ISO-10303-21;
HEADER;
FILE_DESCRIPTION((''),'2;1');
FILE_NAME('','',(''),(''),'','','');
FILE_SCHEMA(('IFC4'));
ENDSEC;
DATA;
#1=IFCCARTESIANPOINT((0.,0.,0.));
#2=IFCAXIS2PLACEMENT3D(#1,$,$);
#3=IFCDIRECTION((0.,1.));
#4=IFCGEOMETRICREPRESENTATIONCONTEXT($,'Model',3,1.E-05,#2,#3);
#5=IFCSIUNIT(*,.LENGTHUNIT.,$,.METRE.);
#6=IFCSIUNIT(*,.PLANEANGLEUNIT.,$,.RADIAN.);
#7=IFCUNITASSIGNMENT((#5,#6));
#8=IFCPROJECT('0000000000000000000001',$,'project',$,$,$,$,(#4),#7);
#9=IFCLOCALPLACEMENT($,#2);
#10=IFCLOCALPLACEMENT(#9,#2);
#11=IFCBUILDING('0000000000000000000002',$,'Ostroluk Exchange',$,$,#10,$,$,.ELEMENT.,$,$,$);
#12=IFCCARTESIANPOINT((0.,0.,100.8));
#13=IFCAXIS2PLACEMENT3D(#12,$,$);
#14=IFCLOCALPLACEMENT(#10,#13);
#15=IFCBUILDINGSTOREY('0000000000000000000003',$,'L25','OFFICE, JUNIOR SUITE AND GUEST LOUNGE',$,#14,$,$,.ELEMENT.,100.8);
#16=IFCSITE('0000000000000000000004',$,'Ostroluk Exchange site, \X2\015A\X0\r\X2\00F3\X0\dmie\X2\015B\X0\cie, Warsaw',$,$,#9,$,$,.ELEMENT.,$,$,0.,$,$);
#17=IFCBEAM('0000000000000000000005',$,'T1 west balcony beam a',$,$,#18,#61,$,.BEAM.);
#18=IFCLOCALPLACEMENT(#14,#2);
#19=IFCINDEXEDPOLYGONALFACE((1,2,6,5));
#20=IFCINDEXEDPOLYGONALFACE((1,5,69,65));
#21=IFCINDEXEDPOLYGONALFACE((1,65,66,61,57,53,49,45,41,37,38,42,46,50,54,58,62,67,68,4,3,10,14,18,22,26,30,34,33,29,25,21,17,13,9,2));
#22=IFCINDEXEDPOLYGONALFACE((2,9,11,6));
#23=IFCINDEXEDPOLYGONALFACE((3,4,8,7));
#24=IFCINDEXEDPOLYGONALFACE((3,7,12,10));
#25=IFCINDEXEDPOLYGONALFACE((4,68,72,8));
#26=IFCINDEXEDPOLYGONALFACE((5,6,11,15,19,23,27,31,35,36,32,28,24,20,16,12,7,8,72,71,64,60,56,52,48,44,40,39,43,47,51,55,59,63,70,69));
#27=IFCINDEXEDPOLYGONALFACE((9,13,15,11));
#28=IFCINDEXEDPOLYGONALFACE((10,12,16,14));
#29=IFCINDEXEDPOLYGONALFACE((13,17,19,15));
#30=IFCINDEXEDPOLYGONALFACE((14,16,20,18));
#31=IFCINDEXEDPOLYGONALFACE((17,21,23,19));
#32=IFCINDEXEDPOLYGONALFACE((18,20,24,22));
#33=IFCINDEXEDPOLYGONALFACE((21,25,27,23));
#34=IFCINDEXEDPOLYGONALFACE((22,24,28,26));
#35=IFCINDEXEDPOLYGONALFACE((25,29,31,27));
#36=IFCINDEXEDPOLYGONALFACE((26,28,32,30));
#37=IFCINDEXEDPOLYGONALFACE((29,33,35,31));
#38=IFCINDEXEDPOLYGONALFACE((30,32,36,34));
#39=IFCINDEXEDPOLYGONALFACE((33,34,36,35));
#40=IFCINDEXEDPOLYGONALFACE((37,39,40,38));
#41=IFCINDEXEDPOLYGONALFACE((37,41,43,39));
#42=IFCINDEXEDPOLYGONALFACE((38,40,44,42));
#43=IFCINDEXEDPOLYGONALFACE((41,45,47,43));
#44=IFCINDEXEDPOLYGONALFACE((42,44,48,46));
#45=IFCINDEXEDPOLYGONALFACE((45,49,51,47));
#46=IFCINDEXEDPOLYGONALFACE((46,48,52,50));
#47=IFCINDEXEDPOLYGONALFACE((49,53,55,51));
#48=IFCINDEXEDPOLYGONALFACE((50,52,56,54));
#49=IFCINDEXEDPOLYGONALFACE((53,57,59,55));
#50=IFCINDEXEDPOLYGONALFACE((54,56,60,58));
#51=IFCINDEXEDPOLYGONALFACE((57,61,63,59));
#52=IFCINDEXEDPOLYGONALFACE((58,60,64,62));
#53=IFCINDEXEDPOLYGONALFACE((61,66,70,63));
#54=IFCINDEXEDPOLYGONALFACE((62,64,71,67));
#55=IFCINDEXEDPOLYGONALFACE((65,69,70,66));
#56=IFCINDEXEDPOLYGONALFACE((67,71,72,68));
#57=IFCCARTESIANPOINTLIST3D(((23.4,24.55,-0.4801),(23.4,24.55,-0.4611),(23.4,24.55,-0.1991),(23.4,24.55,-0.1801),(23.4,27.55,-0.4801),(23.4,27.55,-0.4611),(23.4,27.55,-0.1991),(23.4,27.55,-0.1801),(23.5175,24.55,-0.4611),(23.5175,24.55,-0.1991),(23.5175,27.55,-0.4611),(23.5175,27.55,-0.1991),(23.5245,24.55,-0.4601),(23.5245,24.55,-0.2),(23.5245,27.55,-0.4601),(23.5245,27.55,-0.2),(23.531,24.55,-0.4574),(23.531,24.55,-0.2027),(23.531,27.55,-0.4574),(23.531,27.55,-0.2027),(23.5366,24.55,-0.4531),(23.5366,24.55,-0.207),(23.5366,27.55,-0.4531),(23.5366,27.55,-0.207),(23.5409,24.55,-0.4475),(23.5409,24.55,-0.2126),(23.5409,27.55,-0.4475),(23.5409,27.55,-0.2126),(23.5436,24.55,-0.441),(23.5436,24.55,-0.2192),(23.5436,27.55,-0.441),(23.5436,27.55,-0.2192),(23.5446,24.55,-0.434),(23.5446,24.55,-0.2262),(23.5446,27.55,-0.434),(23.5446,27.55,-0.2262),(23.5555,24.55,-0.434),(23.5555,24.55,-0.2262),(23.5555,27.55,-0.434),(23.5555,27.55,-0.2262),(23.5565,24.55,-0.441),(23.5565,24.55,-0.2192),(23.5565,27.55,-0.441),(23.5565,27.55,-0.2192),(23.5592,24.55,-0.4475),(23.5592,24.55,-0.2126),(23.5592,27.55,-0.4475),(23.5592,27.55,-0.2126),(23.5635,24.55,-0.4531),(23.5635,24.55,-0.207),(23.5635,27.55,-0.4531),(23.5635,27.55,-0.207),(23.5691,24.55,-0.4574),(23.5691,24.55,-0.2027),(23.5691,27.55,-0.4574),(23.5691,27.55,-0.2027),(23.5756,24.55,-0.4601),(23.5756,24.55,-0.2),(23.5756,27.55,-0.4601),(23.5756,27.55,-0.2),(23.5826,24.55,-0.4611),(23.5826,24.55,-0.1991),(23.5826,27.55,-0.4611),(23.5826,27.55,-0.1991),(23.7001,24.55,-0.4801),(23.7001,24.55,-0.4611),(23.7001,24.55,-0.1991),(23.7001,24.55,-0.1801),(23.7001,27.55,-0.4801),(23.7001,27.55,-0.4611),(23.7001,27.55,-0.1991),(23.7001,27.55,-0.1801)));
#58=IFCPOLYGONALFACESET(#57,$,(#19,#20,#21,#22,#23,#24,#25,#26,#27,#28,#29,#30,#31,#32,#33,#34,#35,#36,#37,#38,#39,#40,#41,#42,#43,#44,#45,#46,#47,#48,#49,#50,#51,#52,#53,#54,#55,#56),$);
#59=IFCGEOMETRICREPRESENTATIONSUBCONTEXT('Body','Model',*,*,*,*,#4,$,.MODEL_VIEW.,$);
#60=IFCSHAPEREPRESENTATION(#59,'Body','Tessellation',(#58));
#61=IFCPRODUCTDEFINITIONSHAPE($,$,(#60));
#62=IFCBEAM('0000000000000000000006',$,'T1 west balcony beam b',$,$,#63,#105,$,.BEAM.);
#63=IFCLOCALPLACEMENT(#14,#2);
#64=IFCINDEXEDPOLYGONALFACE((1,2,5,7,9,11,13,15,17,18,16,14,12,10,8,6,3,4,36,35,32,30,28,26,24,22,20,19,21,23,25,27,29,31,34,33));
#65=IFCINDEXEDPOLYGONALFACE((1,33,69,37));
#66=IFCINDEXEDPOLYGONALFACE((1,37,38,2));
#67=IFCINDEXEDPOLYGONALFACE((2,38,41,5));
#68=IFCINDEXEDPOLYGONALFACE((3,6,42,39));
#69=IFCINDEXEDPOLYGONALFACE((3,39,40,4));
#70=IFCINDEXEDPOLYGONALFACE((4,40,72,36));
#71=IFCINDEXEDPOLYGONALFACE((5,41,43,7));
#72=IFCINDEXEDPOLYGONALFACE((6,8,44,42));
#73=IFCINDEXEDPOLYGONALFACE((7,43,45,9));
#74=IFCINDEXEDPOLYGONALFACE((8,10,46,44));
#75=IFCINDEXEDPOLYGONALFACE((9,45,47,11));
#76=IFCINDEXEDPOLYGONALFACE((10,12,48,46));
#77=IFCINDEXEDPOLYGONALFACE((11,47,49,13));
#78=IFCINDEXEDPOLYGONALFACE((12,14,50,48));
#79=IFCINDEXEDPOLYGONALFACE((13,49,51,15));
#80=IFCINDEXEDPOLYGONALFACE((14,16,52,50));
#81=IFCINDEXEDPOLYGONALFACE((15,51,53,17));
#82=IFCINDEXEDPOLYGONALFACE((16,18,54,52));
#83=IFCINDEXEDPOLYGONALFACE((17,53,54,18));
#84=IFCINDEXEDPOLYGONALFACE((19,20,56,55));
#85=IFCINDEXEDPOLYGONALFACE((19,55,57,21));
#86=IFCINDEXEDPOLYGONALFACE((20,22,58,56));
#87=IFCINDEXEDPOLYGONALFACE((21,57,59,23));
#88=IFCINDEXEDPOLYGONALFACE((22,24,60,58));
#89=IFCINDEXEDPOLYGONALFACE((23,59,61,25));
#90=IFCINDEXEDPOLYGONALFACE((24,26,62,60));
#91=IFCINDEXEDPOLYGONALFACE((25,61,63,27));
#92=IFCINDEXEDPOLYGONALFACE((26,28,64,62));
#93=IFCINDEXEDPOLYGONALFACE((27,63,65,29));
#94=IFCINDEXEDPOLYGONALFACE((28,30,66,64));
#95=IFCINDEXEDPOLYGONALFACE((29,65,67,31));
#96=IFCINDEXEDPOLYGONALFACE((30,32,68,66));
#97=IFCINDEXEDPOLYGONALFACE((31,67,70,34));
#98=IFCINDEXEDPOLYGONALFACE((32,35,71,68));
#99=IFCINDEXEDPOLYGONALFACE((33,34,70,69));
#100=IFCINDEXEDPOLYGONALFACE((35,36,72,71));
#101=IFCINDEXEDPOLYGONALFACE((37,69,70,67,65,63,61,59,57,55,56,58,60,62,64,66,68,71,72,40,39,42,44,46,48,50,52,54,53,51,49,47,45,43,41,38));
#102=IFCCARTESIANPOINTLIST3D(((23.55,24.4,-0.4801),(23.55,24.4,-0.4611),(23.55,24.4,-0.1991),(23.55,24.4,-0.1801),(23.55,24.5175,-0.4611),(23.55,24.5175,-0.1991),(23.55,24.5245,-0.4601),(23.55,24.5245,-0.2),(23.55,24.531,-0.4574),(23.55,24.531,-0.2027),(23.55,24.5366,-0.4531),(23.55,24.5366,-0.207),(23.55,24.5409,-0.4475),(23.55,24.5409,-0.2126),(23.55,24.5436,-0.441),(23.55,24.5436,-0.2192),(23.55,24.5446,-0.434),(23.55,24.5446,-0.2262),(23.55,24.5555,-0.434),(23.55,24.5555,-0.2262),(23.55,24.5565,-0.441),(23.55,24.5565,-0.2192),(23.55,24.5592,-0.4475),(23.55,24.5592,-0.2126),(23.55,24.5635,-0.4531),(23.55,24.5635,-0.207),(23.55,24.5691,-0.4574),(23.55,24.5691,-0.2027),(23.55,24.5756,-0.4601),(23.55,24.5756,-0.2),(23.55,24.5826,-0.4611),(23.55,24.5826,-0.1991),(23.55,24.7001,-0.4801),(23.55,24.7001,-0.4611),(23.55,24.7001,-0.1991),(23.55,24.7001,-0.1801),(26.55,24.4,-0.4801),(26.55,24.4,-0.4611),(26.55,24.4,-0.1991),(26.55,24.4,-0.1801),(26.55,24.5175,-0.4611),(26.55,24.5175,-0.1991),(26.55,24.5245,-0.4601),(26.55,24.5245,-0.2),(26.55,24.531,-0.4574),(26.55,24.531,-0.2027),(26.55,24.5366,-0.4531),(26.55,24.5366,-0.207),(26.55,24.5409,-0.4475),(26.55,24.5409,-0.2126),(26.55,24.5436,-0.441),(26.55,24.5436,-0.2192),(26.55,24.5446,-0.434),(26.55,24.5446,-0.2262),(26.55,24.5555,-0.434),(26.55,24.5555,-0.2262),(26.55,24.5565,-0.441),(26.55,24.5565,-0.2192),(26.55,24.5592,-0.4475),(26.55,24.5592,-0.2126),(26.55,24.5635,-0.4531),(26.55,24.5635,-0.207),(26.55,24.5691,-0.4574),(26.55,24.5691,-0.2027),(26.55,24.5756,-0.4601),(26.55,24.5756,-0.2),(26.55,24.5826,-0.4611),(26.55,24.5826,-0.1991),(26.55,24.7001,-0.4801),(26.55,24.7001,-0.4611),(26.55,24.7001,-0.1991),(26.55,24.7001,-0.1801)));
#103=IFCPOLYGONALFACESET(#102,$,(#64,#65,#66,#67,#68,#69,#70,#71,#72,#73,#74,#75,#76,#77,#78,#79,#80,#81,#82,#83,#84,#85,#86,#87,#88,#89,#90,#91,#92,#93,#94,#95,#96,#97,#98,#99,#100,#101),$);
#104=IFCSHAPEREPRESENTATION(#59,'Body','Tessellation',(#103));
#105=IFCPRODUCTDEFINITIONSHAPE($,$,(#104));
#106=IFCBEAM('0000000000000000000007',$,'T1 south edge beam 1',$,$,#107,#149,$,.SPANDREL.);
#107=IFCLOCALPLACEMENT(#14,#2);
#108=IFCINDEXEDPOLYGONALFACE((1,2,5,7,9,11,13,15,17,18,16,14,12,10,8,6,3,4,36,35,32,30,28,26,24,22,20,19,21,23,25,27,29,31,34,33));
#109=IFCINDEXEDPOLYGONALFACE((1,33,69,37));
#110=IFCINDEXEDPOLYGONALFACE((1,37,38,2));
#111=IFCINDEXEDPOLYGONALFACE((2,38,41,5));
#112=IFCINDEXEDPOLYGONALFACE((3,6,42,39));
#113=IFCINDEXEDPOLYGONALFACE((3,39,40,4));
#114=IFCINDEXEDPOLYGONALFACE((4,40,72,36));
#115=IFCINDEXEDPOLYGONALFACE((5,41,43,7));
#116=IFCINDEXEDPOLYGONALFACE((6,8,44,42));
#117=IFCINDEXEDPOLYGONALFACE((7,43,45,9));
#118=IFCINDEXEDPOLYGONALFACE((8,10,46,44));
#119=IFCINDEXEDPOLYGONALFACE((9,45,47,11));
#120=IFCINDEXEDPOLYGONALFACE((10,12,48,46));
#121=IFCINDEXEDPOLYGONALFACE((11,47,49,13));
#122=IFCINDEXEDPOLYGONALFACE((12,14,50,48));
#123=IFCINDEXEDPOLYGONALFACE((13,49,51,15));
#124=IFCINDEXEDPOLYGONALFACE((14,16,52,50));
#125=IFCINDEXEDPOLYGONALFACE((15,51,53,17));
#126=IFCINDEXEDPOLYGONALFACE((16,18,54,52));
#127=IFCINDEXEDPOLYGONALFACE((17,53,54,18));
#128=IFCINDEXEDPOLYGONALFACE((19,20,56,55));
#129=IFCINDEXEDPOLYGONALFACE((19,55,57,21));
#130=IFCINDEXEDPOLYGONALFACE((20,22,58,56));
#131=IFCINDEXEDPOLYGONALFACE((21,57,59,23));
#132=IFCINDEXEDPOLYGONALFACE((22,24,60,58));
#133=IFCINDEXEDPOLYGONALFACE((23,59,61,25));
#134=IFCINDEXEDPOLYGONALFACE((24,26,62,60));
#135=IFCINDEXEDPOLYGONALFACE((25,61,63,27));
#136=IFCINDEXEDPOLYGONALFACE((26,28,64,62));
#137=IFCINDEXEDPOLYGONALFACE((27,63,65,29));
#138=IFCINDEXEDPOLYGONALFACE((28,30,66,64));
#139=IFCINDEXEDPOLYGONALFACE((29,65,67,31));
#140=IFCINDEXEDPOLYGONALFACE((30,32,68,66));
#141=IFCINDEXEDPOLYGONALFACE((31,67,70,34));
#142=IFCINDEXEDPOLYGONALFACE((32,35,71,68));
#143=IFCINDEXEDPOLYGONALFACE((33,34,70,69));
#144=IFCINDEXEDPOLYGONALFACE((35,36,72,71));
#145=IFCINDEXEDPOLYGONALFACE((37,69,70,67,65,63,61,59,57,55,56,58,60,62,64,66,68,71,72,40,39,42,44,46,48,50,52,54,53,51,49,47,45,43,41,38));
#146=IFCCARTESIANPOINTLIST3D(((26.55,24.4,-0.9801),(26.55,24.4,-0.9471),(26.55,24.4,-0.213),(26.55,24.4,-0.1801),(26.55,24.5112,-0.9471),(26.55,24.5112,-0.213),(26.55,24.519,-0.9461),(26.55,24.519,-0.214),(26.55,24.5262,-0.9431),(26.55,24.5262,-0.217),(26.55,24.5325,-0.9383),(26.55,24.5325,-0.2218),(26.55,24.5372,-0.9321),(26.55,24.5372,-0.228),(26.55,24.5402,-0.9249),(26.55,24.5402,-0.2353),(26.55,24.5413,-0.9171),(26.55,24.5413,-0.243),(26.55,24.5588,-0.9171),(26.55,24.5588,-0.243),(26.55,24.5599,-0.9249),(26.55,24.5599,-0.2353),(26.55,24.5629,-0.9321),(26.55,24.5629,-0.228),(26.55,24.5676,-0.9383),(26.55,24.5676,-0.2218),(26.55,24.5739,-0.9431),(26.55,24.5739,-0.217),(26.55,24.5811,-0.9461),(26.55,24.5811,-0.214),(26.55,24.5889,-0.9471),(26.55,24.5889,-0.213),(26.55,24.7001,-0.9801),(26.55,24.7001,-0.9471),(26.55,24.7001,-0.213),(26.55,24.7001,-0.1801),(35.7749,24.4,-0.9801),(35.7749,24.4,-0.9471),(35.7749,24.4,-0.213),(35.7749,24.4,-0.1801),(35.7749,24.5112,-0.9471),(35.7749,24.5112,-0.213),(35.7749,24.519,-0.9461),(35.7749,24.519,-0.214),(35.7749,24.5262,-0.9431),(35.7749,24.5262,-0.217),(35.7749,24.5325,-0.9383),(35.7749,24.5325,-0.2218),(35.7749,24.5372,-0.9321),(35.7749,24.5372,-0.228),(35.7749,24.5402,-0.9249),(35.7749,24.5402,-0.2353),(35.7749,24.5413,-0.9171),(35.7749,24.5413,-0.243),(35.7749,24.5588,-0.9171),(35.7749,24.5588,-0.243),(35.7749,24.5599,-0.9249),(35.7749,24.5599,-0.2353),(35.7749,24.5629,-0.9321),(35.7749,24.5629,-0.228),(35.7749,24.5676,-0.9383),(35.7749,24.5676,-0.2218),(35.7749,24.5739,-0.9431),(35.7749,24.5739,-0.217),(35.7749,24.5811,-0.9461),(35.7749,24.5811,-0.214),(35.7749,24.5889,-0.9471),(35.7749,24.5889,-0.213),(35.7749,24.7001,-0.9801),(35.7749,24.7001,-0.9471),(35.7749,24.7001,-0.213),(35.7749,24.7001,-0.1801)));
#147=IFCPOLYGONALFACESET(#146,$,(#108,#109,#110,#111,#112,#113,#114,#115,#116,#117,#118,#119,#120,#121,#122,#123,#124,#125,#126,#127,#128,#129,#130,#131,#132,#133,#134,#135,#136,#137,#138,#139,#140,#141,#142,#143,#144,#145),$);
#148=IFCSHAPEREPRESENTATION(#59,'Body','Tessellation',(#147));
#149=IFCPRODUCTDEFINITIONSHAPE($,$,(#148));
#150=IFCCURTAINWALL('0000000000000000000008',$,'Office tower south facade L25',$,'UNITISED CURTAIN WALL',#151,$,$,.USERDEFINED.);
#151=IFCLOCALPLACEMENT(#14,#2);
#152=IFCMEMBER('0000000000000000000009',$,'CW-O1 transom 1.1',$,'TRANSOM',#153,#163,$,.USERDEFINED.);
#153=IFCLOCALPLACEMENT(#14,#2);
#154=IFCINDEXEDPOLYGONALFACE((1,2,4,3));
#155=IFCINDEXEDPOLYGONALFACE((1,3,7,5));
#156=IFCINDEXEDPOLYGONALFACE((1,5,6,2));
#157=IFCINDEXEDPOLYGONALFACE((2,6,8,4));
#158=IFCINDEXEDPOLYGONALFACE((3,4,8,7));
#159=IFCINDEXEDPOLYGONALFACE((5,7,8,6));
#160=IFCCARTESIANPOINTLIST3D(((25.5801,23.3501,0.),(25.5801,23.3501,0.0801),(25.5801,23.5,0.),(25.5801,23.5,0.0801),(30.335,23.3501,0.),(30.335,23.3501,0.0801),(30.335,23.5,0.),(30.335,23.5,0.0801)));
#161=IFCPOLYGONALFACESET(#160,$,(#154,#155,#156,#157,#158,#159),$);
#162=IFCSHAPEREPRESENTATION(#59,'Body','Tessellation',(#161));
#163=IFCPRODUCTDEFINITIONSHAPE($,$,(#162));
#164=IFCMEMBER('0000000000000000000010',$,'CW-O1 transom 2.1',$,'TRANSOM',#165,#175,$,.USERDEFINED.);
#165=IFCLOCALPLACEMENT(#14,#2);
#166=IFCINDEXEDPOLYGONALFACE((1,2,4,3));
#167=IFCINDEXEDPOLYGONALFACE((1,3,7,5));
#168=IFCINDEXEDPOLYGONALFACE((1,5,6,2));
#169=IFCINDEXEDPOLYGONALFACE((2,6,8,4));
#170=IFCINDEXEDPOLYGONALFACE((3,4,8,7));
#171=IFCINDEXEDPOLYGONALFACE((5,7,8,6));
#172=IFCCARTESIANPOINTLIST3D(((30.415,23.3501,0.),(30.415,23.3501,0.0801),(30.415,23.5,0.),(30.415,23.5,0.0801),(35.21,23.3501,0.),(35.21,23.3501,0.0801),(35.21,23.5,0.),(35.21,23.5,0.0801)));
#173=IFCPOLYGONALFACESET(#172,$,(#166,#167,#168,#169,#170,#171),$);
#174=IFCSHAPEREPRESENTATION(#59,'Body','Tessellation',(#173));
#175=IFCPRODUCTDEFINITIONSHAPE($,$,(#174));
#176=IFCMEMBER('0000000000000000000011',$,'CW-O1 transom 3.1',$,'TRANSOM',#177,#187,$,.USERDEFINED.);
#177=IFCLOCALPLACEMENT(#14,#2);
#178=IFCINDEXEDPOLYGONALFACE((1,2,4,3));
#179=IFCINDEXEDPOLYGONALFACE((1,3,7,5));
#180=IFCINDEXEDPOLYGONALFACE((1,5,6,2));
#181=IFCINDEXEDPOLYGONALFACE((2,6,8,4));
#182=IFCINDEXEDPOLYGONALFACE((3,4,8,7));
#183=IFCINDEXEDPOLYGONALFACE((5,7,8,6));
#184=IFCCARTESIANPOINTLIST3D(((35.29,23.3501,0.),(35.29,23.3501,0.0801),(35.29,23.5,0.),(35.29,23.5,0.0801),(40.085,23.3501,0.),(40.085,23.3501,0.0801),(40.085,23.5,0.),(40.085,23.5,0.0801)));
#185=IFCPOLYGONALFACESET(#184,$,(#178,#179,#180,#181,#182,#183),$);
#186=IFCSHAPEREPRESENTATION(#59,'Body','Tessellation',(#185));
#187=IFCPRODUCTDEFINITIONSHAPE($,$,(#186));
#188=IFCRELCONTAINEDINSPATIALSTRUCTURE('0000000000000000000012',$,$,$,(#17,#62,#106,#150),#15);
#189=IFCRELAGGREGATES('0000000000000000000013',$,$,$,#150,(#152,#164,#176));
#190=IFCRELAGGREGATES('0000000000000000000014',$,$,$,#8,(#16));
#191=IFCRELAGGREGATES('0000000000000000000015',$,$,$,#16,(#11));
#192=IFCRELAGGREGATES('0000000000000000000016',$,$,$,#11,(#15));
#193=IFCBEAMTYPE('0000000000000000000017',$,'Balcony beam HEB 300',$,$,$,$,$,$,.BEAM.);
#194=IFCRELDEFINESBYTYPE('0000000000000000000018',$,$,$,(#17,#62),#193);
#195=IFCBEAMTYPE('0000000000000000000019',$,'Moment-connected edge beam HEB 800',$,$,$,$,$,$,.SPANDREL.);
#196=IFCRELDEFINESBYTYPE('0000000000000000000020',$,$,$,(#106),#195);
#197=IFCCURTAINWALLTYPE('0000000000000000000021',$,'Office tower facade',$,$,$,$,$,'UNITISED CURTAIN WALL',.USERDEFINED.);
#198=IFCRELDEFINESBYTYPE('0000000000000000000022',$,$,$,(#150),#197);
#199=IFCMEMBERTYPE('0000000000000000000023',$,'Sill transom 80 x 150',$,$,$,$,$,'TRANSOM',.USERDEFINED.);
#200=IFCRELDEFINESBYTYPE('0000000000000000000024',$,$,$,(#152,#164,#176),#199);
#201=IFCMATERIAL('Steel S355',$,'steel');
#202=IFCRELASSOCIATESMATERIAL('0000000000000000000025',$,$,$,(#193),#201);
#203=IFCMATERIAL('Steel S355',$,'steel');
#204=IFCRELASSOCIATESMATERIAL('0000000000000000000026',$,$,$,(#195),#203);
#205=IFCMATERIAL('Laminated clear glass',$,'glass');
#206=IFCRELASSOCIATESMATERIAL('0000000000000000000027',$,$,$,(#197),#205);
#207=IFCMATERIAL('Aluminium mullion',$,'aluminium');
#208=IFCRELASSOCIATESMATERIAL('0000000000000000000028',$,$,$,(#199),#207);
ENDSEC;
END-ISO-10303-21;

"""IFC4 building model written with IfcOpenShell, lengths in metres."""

from ifc_helpers import new_model, si_unit, direction, frame, origin, origin_2d, place, context, subcontext, project, spatial, rectangle, i_section, extrude, material, material_profile, profile_set, type_object, element, aggregate, save


model = new_model("IFC4")

# Units and contexts
model_context = context("Model", 3, precision=1e-05, world=origin(), true_north=direction((0.0, 1.0)))
body_context = subcontext(model_context, "Body", "Model", "MODEL_VIEW")
ifc_project = project(units=[si_unit("LENGTHUNIT", "METRE"), si_unit("PLANEANGLEUNIT", "RADIAN")], contexts=[model_context])

# Site, building, storey
site_placement = place(None, origin())
site = spatial("IfcSite", under=ifc_project, at=site_placement, Name="Ostroluk Exchange site, Śródmieście, Warsaw", CompositionType="ELEMENT", RefElevation=0.0)
building_placement = place(site_placement, origin())
building = spatial("IfcBuilding", under=site, at=building_placement, Name="Ostroluk Exchange", CompositionType="ELEMENT")
storey_placement = place(building_placement, frame((0.0, 0.0, 100.8)))
storey = spatial("IfcBuildingStorey", under=building, at=storey_placement, Name="L25", Description="OFFICE, JUNIOR SUITE AND GUEST LOUNGE", CompositionType="ELEMENT", Elevation=100.8)

# Beams
ifc_material_1 = material(Name="Steel S355", Category="steel")
ifc_material_profile_1 = material_profile(ifc_material_1, i_section(OverallWidth=0.3, OverallDepth=0.3, WebThickness=0.011, FlangeThickness=0.019, FilletRadius=0.0271, at=origin_2d()), Name="HEB 300")
ifc_profile_set_1 = profile_set([ifc_material_profile_1], Name="Steel S355")
beam_type_1 = type_object("IfcBeamType", Name="Balcony beam HEB 300", PredefinedType="BEAM", material=ifc_profile_set_1)
for number, where, z_axis, x_axis, name in (
    (1, (23.55, 27.55, -0.3301), (0.0, -1.0, 0.0), (1.0, 0.0, 0.0), "T1 west balcony beam a"),
    (2, (26.55, 24.55, -0.3301), (-1.0, 0.0, 0.0), (0.0, -1.0, 0.0), "T1 west balcony beam b"),
):
    element("IfcBeam", number, at=place(storey_placement, frame(where, z_axis=z_axis, x_axis=x_axis)), inside=storey, type_object=beam_type_1, Name=name, PredefinedType="BEAM", context=body_context, shape_type="SweptSolid", body=[
        extrude(i_section(OverallWidth=0.3, OverallDepth=0.3, WebThickness=0.011, FlangeThickness=0.019, FilletRadius=0.0271, at=origin_2d()), origin(), (0.0, 0.0, 1.0), 3.0),
    ])
ifc_material_2 = material(Name="Steel S355", Category="steel")
ifc_material_profile_2 = material_profile(ifc_material_2, i_section(OverallWidth=0.3, OverallDepth=0.8, WebThickness=0.0176, FlangeThickness=0.033, FilletRadius=0.03, at=origin_2d()), Name="HEB 800")
ifc_profile_set_2 = profile_set([ifc_material_profile_2], Name="Steel S355")
beam_type_2 = type_object("IfcBeamType", Name="Moment-connected edge beam HEB 800", PredefinedType="SPANDREL", material=ifc_profile_set_2)
beam_placement = place(storey_placement, frame((26.55, 24.55, -0.5801), z_axis=(1.0, 0.0, 0.0), x_axis=(0.0, 1.0, 0.0)))
element("IfcBeam", 3, at=beam_placement, inside=storey, type_object=beam_type_2, Name="T1 south edge beam 1", PredefinedType="SPANDREL", context=body_context, shape_type="SweptSolid", body=[
    extrude(i_section(OverallWidth=0.3, OverallDepth=0.8, WebThickness=0.0176, FlangeThickness=0.033, FilletRadius=0.03, at=origin_2d()), origin(), (0.0, 0.0, 1.0), 9.2249),
])

# Curtain wall, members
ifc_material_3 = material(Name="Laminated clear glass", Category="glass")
curtain_wall_type = type_object("IfcCurtainWallType", Name="Office tower facade", ElementType="UNITISED CURTAIN WALL", PredefinedType="USERDEFINED", material=ifc_material_3)
curtain_wall_1_placement = place(storey_placement, origin())
curtain_wall_1 = element("IfcCurtainWall", 4, at=curtain_wall_1_placement, inside=storey, type_object=curtain_wall_type, Name="Office tower south facade L25", ObjectType="UNITISED CURTAIN WALL", PredefinedType="USERDEFINED")
ifc_material_4 = material(Name="Aluminium mullion", Category="aluminium")
ifc_material_profile_3 = material_profile(ifc_material_4, rectangle(XDim=0.1499, YDim=0.0801, at=origin_2d()), Name="Sill transom 80 x 150")
ifc_profile_set_3 = profile_set([ifc_material_profile_3], Name="Aluminium mullion")
member_type_1 = type_object("IfcMemberType", Name="Sill transom 80 x 150", ElementType="TRANSOM", PredefinedType="USERDEFINED", material=ifc_profile_set_3)
member_1_placement = place(storey_placement, frame((25.5801, 23.425, 0.04), z_axis=(1.0, 0.0, 0.0), x_axis=(0.0, 1.0, 0.0)))
member_1 = element("IfcMember", 5, at=member_1_placement, type_object=member_type_1, Name="CW-O1 transom 1.1", ObjectType="TRANSOM", PredefinedType="USERDEFINED", context=body_context, shape_type="SweptSolid", body=[
    extrude(rectangle(XDim=0.1499, YDim=0.0801, at=origin_2d()), origin(), (0.0, 0.0, 1.0), 4.7549),
])
member_2_placement = place(storey_placement, frame((30.415, 23.425, 0.04), z_axis=(1.0, 0.0, 0.0), x_axis=(0.0, 1.0, 0.0)))
member_2 = element("IfcMember", 6, at=member_2_placement, type_object=member_type_1, Name="CW-O1 transom 2.1", ObjectType="TRANSOM", PredefinedType="USERDEFINED", context=body_context, shape_type="SweptSolid", body=[
    extrude(rectangle(XDim=0.1499, YDim=0.0801, at=origin_2d()), origin(), (0.0, 0.0, 1.0), 4.7949),
])
member_3_placement = place(storey_placement, frame((35.29, 23.425, 0.04), z_axis=(1.0, 0.0, 0.0), x_axis=(0.0, 1.0, 0.0)))
member_3 = element("IfcMember", 7, at=member_3_placement, type_object=member_type_1, Name="CW-O1 transom 3.1", ObjectType="TRANSOM", PredefinedType="USERDEFINED", context=body_context, shape_type="SweptSolid", body=[
    extrude(rectangle(XDim=0.1499, YDim=0.0801, at=origin_2d()), origin(), (0.0, 0.0, 1.0), 4.7949),
])

aggregate(curtain_wall_1, [member_1, member_2, member_3])

save(model, "model.ifc")
